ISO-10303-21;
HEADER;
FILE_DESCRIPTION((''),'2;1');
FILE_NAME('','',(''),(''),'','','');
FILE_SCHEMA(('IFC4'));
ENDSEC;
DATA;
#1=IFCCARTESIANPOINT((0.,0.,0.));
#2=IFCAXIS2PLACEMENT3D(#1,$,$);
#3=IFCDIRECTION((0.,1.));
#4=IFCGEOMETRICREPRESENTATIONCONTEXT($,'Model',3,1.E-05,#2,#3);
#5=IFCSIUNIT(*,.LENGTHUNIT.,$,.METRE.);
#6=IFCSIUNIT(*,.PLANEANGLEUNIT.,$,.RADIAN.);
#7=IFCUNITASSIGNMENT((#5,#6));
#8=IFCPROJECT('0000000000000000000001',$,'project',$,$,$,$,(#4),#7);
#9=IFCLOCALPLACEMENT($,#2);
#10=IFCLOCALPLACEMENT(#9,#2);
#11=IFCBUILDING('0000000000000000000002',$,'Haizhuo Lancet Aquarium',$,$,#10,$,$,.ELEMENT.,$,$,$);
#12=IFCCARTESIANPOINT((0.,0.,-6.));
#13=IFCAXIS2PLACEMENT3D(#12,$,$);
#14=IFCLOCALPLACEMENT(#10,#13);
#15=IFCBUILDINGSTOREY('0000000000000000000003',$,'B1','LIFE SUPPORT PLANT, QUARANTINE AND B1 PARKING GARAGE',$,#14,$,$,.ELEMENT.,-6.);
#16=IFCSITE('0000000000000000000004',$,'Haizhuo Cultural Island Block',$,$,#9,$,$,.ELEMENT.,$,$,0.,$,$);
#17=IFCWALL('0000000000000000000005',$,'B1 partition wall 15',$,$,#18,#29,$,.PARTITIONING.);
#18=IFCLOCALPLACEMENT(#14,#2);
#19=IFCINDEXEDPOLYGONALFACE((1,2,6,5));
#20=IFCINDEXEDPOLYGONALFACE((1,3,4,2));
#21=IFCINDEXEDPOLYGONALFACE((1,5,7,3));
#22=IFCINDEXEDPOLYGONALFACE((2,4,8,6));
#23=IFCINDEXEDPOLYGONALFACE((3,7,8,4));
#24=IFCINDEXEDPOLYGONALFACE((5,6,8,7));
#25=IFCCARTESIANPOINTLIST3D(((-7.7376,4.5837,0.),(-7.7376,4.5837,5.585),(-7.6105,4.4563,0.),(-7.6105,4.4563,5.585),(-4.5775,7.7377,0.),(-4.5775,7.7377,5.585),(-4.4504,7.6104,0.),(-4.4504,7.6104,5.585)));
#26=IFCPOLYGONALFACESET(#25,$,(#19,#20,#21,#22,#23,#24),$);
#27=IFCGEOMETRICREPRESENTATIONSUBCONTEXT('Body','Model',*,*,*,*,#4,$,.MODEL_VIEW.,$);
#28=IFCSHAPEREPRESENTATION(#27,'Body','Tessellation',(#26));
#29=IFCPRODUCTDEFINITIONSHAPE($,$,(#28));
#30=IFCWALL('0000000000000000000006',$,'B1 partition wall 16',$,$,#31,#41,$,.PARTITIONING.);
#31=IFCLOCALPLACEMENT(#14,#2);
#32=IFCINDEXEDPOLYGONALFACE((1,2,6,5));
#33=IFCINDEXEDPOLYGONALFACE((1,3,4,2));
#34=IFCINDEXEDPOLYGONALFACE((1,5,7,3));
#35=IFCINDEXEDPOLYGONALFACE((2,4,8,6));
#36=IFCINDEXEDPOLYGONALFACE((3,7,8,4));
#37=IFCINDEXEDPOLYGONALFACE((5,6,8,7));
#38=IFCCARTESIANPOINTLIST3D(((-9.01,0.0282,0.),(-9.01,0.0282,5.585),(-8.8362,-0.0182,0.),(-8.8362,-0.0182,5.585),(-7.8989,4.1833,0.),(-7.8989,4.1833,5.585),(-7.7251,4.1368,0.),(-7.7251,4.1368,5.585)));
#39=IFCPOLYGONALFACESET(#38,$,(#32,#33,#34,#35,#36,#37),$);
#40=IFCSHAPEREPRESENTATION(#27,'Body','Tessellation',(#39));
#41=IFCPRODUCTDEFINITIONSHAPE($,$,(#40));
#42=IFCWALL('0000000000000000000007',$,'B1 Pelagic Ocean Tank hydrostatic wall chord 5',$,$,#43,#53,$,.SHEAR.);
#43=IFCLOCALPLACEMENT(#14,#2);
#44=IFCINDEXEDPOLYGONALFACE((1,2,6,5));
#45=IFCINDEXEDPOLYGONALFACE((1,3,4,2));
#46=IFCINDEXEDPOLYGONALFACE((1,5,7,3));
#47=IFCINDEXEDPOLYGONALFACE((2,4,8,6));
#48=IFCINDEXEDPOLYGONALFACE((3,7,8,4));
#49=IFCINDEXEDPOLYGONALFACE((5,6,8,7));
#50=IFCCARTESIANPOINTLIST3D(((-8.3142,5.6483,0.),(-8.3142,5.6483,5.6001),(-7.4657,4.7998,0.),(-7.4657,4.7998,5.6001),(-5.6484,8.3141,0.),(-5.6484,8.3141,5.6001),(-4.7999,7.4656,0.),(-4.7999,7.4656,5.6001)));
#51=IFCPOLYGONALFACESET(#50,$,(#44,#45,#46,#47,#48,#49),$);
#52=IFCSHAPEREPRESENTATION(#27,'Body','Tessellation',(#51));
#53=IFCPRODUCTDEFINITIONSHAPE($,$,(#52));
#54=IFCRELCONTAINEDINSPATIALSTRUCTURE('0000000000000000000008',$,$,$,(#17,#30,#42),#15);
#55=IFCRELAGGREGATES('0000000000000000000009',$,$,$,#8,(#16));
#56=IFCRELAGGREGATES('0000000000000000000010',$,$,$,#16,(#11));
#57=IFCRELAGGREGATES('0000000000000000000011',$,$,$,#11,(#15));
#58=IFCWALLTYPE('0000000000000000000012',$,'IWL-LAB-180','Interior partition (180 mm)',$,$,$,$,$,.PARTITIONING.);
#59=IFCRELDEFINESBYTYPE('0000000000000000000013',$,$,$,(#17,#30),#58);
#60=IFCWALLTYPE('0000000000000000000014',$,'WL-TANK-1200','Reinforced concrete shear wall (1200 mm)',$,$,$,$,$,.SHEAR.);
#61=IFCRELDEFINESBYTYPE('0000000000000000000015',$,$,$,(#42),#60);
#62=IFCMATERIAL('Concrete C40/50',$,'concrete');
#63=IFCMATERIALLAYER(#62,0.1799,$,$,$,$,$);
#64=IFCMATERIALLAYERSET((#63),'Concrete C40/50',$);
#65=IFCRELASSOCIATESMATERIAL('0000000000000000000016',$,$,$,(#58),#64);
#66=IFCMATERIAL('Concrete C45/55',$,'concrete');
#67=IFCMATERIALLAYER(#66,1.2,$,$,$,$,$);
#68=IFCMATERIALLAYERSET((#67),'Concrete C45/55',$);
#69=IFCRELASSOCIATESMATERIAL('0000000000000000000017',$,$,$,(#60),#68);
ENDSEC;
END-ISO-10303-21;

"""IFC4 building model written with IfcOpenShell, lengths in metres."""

from ifc_helpers import new_model, si_unit, direction, frame, frame_2d, origin, place, context, subcontext, project, spatial, rectangle, extrude, material, layer, layer_set, type_object, element, save


model = new_model("IFC4")

# Units and contexts
model_context = context("Model", 3, precision=1e-05, world=origin(), true_north=direction((0.0, 1.0)))
body_context = subcontext(model_context, "Body", "Model", "MODEL_VIEW")
ifc_project = project(units=[si_unit("LENGTHUNIT", "METRE"), si_unit("PLANEANGLEUNIT", "RADIAN")], contexts=[model_context])

# Site, building, storey
site_placement = place(None, origin())
site = spatial("IfcSite", under=ifc_project, at=site_placement, Name="Haizhuo Cultural Island Block", CompositionType="ELEMENT", RefElevation=0.0)
building_placement = place(site_placement, origin())
building = spatial("IfcBuilding", under=site, at=building_placement, Name="Haizhuo Lancet Aquarium", CompositionType="ELEMENT")
storey_placement = place(building_placement, frame((0.0, 0.0, -6.0)))
storey = spatial("IfcBuildingStorey", under=building, at=storey_placement, Name="B1", Description="LIFE SUPPORT PLANT, QUARANTINE AND B1 PARKING GARAGE", CompositionType="ELEMENT", Elevation=-6.0)

# Shared definitions
ifc_material_1 = material(Name="Concrete C40/50", Category="concrete")

# Shared definitions
ifc_material_2 = material(Name="Concrete C45/55", Category="concrete")

# Walls
ifc_layer_1 = layer(ifc_material_1, 0.1799)
ifc_layer_set_1 = layer_set([ifc_layer_1], Name="Concrete C40/50")
wall_type_1 = type_object("IfcWallType", Name="IWL-LAB-180", Description="Interior partition (180 mm)", PredefinedType="PARTITIONING", material=ifc_layer_set_1)
wall_1_placement = place(storey_placement, frame((-4.5139, 7.6741, 0.0), z_axis=(0.0, 0.0, 1.0), x_axis=(-0.70779, -0.706423, 0.0)))
element("IfcWall", 1, at=wall_1_placement, inside=storey, type_object=wall_type_1, Name="B1 partition wall 15", PredefinedType="PARTITIONING", context=body_context, shape_type="SweptSolid", body=[
    extrude(rectangle(XDim=4.4648, YDim=0.1799, at=frame_2d((2.2324, 0.0))), origin(), (0.0, 0.0, 1.0), 5.585),
])
wall_2_placement = place(storey_placement, frame((-7.812, 4.1599, 0.0), z_axis=(0.0, 0.0, 1.0), x_axis=(-0.25833, -0.966057, 0.0)))
element("IfcWall", 2, at=wall_2_placement, inside=storey, type_object=wall_type_1, Name="B1 partition wall 16", PredefinedType="PARTITIONING", context=body_context, shape_type="SweptSolid", body=[
    extrude(rectangle(XDim=4.301, YDim=0.1799, at=frame_2d((2.1504, 0.0))), origin(), (0.0, 0.0, 1.0), 5.585),
])
ifc_layer_2 = layer(ifc_material_2, 1.2)
ifc_layer_set_2 = layer_set([ifc_layer_2], Name="Concrete C45/55")
wall_type_2 = type_object("IfcWallType", Name="WL-TANK-1200", Description="Reinforced concrete shear wall (1200 mm)", PredefinedType="SHEAR", material=ifc_layer_set_2)
wall_3_placement = place(storey_placement, frame((-5.2241, 7.8899, 0.0), z_axis=(0.0, 0.0, 1.0), x_axis=(-0.707107, -0.707107, 0.0)))
element("IfcWall", 3, at=wall_3_placement, inside=storey, type_object=wall_type_2, Name="B1 Pelagic Ocean Tank hydrostatic wall chord 5", PredefinedType="SHEAR", context=body_context, shape_type="SweptSolid", body=[
    extrude(rectangle(XDim=3.77, YDim=1.2, at=frame_2d((1.885, 0.0))), origin(), (0.0, 0.0, 1.0), 5.6001),
])

save(model, "model.ifc")
